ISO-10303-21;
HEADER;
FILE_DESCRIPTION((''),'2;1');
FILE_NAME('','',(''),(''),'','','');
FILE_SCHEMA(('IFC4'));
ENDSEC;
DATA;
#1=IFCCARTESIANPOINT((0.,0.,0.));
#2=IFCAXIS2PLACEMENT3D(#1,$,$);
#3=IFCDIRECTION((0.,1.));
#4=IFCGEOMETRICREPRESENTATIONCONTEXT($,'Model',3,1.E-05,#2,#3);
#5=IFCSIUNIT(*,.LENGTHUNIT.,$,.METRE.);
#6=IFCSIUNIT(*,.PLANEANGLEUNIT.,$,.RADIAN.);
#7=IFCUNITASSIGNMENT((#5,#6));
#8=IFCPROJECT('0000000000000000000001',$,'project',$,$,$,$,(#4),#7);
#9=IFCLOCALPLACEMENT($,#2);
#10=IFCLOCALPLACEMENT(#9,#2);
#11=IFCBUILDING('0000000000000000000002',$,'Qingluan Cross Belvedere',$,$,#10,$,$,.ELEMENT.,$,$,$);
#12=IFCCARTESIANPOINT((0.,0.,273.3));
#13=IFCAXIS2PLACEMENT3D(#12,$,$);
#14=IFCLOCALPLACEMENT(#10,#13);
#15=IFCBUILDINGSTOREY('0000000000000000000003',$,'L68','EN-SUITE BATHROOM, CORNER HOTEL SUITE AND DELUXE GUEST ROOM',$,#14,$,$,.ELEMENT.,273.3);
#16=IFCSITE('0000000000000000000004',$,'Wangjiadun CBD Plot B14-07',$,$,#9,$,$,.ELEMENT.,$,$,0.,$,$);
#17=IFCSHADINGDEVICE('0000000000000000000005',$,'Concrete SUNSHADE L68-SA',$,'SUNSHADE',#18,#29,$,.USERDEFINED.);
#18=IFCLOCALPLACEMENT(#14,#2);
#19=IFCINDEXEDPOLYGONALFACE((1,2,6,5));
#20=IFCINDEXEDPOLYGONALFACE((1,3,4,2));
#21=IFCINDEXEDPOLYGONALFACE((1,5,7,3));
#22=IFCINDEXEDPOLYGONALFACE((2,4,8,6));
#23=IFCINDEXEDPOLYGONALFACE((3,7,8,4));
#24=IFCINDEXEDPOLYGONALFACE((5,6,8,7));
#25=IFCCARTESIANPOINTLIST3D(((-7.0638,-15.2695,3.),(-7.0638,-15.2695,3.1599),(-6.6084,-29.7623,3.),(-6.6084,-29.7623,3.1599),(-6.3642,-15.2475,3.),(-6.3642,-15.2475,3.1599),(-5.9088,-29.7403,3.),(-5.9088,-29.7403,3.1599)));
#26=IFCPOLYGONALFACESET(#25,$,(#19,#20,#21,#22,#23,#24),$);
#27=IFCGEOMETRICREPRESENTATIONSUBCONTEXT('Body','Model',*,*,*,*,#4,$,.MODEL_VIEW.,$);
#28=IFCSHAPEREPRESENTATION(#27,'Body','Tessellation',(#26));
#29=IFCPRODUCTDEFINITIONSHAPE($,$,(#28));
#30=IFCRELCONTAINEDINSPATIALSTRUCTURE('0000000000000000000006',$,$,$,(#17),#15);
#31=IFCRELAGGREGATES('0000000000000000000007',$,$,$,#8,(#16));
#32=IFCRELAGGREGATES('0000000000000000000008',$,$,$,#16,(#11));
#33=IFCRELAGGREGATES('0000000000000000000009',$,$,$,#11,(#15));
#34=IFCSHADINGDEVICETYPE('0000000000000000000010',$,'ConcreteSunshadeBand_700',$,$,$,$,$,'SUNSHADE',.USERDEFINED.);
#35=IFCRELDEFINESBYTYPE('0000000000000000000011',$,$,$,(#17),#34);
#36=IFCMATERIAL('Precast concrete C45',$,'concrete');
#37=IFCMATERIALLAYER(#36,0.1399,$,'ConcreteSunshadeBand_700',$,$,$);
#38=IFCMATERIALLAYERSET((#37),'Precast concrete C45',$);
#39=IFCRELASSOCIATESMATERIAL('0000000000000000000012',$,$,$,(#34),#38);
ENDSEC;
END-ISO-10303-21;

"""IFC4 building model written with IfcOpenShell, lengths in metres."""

from ifc_helpers import new_model, si_unit, direction, frame, origin, origin_2d, place, context, subcontext, project, spatial, rectangle, extrude, material, layer, layer_set, type_object, element, save


model = new_model("IFC4")

# Units and contexts
model_context = context("Model", 3, precision=1e-05, world=origin(), true_north=direction((0.0, 1.0)))
body_context = subcontext(model_context, "Body", "Model", "MODEL_VIEW")
ifc_project = project(units=[si_unit("LENGTHUNIT", "METRE"), si_unit("PLANEANGLEUNIT", "RADIAN")], contexts=[model_context])

# Site, building, storey
site_placement = place(None, origin())
site = spatial("IfcSite", under=ifc_project, at=site_placement, Name="Wangjiadun CBD Plot B14-07", CompositionType="ELEMENT", RefElevation=0.0)
building_placement = place(site_placement, origin())
building = spatial("IfcBuilding", under=site, at=building_placement, Name="Qingluan Cross Belvedere", CompositionType="ELEMENT")
storey_placement = place(building_placement, frame((0.0, 0.0, 273.3)))
storey = spatial("IfcBuildingStorey", under=building, at=storey_placement, Name="L68", Description="EN-SUITE BATHROOM, CORNER HOTEL SUITE AND DELUXE GUEST ROOM", CompositionType="ELEMENT", Elevation=273.3)

# Shading device
ifc_material_1 = material(Name="Precast concrete C45", Category="concrete")
ifc_layer_1 = layer(ifc_material_1, 0.1399, Name="ConcreteSunshadeBand_700")
ifc_layer_set_1 = layer_set([ifc_layer_1], Name="Precast concrete C45")
shading_device_type = type_object("IfcShadingDeviceType", Name="ConcreteSunshadeBand_700", ElementType="SUNSHADE", PredefinedType="USERDEFINED", material=ifc_layer_set_1)
shading_device_placement = place(storey_placement, frame((-6.4863, -22.5049, 3.0), z_axis=(0.0, 0.0, 1.0), x_axis=(0.031408, -0.999507, 0.0)))
element("IfcShadingDevice", 1, at=shading_device_placement, inside=storey, type_object=shading_device_type, Name="Concrete SUNSHADE L68-SA", ObjectType="SUNSHADE", PredefinedType="USERDEFINED", context=body_context, shape_type="SweptSolid", body=[
    extrude(rectangle(XDim=14.5, YDim=0.7, at=origin_2d()), origin(), (0.0, 0.0, 1.0), 0.1599),
])

save(model, "model.ifc")
